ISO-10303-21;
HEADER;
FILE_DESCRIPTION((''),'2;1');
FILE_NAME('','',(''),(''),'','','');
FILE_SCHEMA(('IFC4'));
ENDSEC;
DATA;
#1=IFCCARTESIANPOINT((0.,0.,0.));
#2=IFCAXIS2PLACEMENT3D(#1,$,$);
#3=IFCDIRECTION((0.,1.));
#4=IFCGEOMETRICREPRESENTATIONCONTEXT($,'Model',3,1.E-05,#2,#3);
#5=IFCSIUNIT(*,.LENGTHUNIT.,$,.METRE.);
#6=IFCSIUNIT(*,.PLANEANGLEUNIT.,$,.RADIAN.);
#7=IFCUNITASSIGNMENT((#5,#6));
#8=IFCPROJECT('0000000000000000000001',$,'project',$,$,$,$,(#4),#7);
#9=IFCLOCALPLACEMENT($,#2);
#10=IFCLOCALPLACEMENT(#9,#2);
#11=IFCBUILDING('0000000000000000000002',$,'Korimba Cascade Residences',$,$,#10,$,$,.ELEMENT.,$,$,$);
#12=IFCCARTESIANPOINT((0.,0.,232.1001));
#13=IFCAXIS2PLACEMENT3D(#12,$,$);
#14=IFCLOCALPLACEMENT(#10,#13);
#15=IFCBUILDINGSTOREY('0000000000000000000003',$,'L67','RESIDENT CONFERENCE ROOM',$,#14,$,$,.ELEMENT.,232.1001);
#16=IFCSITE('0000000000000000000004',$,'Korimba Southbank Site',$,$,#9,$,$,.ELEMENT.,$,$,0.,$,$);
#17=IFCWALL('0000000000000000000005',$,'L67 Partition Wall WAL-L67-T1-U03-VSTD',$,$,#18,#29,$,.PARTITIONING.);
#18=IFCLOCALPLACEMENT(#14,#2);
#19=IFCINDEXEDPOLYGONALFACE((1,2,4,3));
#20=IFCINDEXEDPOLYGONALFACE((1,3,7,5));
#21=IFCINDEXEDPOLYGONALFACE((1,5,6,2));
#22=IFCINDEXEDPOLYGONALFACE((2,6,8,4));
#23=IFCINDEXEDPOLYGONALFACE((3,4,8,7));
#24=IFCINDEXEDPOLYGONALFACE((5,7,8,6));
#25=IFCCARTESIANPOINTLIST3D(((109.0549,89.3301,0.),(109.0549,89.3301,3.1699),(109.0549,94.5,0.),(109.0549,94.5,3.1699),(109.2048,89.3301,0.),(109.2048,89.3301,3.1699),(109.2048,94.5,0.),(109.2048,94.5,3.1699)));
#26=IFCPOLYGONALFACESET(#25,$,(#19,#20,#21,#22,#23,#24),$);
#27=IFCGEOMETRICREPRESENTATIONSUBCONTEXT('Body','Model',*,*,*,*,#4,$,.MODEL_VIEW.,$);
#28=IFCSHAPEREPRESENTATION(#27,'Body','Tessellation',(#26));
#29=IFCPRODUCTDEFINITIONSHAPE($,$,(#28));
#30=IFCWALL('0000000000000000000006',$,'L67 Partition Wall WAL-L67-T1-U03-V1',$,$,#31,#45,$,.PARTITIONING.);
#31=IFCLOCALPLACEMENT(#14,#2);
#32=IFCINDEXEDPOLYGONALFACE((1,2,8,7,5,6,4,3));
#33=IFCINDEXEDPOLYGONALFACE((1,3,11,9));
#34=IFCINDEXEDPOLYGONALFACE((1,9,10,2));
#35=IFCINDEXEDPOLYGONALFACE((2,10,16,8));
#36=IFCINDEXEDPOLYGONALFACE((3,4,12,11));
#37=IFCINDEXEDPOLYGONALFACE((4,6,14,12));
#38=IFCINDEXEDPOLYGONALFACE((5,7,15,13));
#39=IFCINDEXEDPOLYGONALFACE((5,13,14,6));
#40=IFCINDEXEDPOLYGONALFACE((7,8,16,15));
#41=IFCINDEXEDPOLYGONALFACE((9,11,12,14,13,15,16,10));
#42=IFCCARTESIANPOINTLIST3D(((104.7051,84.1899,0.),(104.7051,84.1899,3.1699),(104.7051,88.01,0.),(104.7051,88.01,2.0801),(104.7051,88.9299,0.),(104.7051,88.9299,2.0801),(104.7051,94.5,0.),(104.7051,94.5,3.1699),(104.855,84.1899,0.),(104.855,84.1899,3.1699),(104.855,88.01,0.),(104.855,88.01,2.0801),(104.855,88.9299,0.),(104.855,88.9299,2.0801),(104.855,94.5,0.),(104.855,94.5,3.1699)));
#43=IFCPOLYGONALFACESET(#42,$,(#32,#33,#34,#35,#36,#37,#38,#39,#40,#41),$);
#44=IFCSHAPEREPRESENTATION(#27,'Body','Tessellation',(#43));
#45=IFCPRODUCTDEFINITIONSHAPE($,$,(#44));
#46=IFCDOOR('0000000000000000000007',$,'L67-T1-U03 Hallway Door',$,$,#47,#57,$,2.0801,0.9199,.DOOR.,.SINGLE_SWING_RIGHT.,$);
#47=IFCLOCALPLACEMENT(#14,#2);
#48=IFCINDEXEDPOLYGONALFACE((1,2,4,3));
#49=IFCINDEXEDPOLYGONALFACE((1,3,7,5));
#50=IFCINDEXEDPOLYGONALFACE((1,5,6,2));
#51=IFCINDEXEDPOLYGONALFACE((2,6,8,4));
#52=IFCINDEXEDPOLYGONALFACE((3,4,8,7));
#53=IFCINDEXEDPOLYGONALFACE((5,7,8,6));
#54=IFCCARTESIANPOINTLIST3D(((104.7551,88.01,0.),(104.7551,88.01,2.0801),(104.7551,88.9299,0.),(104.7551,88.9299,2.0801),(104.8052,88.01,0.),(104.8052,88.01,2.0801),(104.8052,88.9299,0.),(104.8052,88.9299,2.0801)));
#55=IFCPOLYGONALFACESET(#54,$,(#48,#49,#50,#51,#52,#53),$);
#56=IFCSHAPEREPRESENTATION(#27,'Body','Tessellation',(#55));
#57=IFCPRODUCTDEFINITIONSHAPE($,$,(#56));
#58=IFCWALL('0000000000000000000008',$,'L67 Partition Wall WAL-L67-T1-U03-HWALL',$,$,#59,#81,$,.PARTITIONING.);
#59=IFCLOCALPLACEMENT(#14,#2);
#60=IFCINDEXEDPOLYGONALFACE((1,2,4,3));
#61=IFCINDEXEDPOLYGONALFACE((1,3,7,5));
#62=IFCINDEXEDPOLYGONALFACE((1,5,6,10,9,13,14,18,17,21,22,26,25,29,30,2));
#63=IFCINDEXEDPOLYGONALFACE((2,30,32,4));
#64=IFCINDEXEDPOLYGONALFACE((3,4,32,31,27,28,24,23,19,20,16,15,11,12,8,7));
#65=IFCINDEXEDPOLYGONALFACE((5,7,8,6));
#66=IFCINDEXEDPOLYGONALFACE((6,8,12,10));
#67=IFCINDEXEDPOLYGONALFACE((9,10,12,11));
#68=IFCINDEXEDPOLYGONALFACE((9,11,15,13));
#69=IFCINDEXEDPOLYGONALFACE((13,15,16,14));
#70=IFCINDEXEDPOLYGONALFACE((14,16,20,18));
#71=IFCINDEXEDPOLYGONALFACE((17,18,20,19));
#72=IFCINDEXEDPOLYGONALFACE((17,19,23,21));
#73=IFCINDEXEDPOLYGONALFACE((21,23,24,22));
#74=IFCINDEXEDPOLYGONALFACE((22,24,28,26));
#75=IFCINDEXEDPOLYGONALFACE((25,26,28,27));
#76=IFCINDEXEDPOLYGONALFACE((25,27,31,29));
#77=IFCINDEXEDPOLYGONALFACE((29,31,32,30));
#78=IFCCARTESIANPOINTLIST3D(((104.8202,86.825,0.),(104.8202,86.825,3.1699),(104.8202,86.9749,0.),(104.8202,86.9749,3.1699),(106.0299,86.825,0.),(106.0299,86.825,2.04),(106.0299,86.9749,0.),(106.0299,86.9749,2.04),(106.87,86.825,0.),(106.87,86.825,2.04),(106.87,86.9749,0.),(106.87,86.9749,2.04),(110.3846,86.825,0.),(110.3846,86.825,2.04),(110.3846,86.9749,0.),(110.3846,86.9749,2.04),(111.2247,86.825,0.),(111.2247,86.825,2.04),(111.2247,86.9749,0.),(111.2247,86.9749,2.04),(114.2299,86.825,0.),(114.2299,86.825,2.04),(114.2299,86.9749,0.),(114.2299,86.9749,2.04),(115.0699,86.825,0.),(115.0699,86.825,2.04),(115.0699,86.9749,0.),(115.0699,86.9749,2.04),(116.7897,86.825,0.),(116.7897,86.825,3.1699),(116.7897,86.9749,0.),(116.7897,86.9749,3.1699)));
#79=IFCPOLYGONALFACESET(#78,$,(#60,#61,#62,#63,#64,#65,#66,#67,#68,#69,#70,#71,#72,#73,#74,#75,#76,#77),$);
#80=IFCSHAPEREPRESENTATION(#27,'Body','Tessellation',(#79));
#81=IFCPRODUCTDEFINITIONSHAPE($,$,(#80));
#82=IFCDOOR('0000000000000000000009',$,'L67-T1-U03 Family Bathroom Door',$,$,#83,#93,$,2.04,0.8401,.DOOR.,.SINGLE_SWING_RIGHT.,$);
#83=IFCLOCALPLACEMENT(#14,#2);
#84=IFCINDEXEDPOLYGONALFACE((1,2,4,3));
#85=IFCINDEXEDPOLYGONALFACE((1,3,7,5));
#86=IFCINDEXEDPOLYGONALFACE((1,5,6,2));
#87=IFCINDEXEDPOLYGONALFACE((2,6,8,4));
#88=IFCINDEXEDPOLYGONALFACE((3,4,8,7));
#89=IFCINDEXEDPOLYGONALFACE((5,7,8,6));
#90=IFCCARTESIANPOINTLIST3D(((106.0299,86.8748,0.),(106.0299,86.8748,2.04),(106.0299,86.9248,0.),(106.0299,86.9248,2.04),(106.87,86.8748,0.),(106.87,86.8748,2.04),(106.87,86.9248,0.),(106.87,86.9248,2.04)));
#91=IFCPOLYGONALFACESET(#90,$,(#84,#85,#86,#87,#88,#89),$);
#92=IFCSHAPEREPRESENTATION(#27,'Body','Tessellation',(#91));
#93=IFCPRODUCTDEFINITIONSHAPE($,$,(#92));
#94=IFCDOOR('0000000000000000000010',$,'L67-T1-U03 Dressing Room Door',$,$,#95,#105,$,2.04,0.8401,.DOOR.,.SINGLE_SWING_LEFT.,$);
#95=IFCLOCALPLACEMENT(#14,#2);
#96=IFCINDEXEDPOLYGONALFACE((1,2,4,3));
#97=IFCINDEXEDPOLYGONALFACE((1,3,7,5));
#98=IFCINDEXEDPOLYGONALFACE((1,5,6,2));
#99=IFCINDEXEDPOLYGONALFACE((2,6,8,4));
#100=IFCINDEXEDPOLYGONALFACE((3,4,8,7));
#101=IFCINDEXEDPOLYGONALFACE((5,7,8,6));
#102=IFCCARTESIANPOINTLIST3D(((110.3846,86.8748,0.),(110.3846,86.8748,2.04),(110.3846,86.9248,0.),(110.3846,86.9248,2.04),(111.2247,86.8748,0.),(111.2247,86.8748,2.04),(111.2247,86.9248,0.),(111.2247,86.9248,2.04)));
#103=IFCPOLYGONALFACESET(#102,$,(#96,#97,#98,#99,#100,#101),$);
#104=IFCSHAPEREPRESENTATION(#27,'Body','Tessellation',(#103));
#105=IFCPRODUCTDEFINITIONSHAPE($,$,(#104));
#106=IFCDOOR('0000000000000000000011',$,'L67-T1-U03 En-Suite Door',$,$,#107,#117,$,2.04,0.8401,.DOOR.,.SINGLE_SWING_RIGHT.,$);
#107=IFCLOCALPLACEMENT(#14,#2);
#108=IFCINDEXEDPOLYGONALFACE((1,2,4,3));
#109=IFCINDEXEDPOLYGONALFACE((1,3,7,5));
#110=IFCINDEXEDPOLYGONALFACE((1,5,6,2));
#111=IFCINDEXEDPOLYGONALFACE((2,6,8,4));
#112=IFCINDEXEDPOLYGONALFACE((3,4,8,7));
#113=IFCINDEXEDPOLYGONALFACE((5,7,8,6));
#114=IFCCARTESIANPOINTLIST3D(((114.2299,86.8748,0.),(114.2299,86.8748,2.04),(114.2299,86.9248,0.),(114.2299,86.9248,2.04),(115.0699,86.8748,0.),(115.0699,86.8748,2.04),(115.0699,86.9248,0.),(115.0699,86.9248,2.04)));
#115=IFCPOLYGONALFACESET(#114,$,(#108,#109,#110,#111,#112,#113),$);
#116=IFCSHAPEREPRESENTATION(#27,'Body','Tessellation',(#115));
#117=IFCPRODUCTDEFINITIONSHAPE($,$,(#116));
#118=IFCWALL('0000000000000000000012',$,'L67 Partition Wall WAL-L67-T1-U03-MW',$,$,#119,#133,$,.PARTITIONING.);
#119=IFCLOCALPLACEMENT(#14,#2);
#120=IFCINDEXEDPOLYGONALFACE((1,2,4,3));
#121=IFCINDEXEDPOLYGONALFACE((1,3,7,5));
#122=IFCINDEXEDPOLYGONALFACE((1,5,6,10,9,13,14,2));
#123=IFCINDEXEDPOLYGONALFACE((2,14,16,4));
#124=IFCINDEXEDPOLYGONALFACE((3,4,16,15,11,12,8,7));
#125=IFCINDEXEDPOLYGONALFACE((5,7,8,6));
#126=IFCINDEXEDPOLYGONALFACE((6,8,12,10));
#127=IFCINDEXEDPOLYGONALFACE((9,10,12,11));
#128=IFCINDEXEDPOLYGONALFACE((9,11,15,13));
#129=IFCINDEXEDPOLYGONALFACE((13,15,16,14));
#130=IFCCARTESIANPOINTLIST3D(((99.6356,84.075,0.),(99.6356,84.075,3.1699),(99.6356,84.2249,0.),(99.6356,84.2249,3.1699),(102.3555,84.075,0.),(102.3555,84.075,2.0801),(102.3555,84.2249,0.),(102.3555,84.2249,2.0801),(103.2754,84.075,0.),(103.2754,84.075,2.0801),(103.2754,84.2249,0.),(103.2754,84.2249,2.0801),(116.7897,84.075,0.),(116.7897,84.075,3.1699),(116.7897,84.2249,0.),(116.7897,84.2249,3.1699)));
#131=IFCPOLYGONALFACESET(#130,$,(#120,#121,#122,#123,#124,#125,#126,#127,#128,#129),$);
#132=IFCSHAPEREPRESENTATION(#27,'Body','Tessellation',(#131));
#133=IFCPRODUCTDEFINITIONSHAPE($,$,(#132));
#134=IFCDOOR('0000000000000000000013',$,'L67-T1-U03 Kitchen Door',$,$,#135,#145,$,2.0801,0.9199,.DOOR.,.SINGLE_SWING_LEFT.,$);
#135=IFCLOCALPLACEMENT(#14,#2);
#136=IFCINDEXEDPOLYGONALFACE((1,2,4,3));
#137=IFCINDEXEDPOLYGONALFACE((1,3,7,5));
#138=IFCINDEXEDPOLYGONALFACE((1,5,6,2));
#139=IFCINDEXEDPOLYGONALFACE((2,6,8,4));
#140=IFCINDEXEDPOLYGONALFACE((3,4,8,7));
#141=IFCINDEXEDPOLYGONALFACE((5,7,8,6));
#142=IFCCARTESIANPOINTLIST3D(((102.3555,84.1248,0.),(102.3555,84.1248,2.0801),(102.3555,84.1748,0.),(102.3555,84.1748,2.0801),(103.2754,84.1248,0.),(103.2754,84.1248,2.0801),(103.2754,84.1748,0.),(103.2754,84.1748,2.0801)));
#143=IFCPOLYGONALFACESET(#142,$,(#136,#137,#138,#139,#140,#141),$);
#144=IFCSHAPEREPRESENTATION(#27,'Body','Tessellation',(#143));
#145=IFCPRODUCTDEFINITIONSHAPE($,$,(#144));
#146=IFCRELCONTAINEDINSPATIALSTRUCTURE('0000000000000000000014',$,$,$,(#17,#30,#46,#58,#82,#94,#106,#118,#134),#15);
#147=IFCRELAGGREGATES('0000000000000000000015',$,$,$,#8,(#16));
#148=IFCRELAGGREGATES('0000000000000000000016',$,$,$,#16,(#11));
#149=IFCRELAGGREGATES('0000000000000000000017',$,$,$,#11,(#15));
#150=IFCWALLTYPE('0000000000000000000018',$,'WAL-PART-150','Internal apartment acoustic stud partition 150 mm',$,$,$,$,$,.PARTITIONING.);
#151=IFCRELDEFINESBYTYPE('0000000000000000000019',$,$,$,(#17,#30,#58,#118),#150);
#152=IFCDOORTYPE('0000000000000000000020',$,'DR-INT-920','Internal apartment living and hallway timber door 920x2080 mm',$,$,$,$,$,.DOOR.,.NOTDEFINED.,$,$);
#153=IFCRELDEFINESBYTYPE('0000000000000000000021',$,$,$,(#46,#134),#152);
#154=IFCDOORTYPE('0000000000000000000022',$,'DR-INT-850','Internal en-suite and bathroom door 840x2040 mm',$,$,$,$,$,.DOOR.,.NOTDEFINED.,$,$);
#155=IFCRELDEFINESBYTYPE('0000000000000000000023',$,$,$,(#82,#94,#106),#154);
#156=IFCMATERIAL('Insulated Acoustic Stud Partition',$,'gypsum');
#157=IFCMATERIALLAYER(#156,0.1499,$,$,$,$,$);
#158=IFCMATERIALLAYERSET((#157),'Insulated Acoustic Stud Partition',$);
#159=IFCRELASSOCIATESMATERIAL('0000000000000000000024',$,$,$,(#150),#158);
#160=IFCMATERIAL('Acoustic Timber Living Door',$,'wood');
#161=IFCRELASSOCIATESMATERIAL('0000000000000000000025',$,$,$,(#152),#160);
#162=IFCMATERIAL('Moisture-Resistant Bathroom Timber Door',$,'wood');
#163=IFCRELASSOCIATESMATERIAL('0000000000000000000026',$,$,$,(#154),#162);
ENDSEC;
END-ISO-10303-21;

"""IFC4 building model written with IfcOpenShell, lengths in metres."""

from ifc_helpers import new_model, si_unit, direction, frame, frame_2d, origin, place, context, subcontext, project, spatial, rectangle, extrude, material, layer, layer_set, type_object, element, fill, save


model = new_model("IFC4")

# Units and contexts
model_context = context("Model", 3, precision=1e-05, world=origin(), true_north=direction((0.0, 1.0)))
body_context = subcontext(model_context, "Body", "Model", "MODEL_VIEW")
ifc_project = project(units=[si_unit("LENGTHUNIT", "METRE"), si_unit("PLANEANGLEUNIT", "RADIAN")], contexts=[model_context])

# Site, building, storey
site_placement = place(None, origin())
site = spatial("IfcSite", under=ifc_project, at=site_placement, Name="Korimba Southbank Site", CompositionType="ELEMENT", RefElevation=0.0)
building_placement = place(site_placement, origin())
building = spatial("IfcBuilding", under=site, at=building_placement, Name="Korimba Cascade Residences", CompositionType="ELEMENT")
storey_placement = place(building_placement, frame((0.0, 0.0, 232.1001)))
storey = spatial("IfcBuildingStorey", under=building, at=storey_placement, Name="L67", Description="RESIDENT CONFERENCE ROOM", CompositionType="ELEMENT", Elevation=232.1001)

# Wall
ifc_material_1 = material(Name="Insulated Acoustic Stud Partition", Category="gypsum")
ifc_layer = layer(ifc_material_1, 0.1499)
ifc_layer_set = layer_set([ifc_layer], Name="Insulated Acoustic Stud Partition")
wall_type = type_object("IfcWallType", Name="WAL-PART-150", Description="Internal apartment acoustic stud partition 150 mm", PredefinedType="PARTITIONING", material=ifc_layer_set)
wall_1_placement = place(storey_placement, frame((109.1299, 89.3301, 0.0), z_axis=(0.0, 0.0, 1.0), x_axis=(0.0, 1.0, 0.0)))
element("IfcWall", 1, at=wall_1_placement, inside=storey, type_object=wall_type, Name="L67 Partition Wall WAL-L67-T1-U03-VSTD", PredefinedType="PARTITIONING", context=body_context, shape_type="SweptSolid", body=[
    extrude(rectangle(XDim=5.1699, YDim=0.1499, at=frame_2d((2.585, 0.0))), origin(), (0.0, 0.0, 1.0), 3.1699),
])

# Wall, opening, door
wall_2_placement = place(storey_placement, frame((104.78, 84.1899, 0.0), z_axis=(0.0, 0.0, 1.0), x_axis=(0.0, 1.0, 0.0)))
wall_2 = element("IfcWall", 2, at=wall_2_placement, inside=storey, type_object=wall_type, Name="L67 Partition Wall WAL-L67-T1-U03-V1", PredefinedType="PARTITIONING", context=body_context, shape_type="SweptSolid", body=[
    extrude(rectangle(XDim=10.3101, YDim=0.1499, at=frame_2d((5.155, 0.0))), origin(), (0.0, 0.0, 1.0), 3.1699),
])
opening_1_placement = place(wall_2_placement, frame((3.8201, 0.0, 0.0)))
opening_1 = element("IfcOpeningElement", 3, at=opening_1_placement, cuts=wall_2, PredefinedType="OPENING", context=body_context, shape_type="SweptSolid", body=[
    extrude(rectangle(XDim=0.9199, YDim=2.0801, at=frame_2d((0.46, 1.04))), frame((0.0, 0.085, 0.0), z_axis=(0.0, -1.0, 0.0), x_axis=(1.0, 0.0, 0.0)), (0.0, 0.0, 1.0), 0.1699),
])
ifc_material_2 = material(Name="Acoustic Timber Living Door", Category="wood")
door_type_1 = type_object("IfcDoorType", Name="DR-INT-920", Description="Internal apartment living and hallway timber door 920x2080 mm", OperationType="NOTDEFINED", PredefinedType="DOOR", material=ifc_material_2)
door_1_placement = place(opening_1_placement, origin())
door_1 = element("IfcDoor", 4, at=door_1_placement, inside=storey, type_object=door_type_1, Name="L67-T1-U03 Hallway Door", OperationType="SINGLE_SWING_RIGHT", OverallHeight=2.0801, OverallWidth=0.9199, PredefinedType="DOOR", context=body_context, shape_type="SweptSolid", body=[
    extrude(rectangle(XDim=0.9199, YDim=2.0801, at=frame_2d((0.46, 1.04))), frame((0.0, 0.0249, 0.0), z_axis=(0.0, -1.0, 0.0), x_axis=(1.0, 0.0, 0.0)), (0.0, 0.0, 1.0), 0.05),
])
fill(opening_1, door_1)

# Wall, openings, doors
wall_3_placement = place(storey_placement, frame((104.8201, 86.8999, 0.0), z_axis=(0.0, 0.0, 1.0), x_axis=(1.0, 0.0, 0.0)))
wall_3 = element("IfcWall", 5, at=wall_3_placement, inside=storey, type_object=wall_type, Name="L67 Partition Wall WAL-L67-T1-U03-HWALL", PredefinedType="PARTITIONING", context=body_context, shape_type="SweptSolid", body=[
    extrude(rectangle(XDim=11.9695, YDim=0.1499, at=frame_2d((5.9849, 0.0))), origin(), (0.0, 0.0, 1.0), 3.1699),
])
opening_2_placement = place(wall_3_placement, frame((1.21, 0.0, 0.0)))
opening_2 = element("IfcOpeningElement", 6, at=opening_2_placement, cuts=wall_3, PredefinedType="OPENING", context=body_context, shape_type="SweptSolid", body=[
    extrude(rectangle(XDim=0.8401, YDim=2.04, at=frame_2d((0.4199, 1.02))), frame((0.0, 0.085, 0.0), z_axis=(0.0, -1.0, 0.0), x_axis=(1.0, 0.0, 0.0)), (0.0, 0.0, 1.0), 0.1699),
])
opening_3_placement = place(wall_3_placement, frame((5.5647, 0.0, 0.0)))
opening_3 = element("IfcOpeningElement", 7, at=opening_3_placement, cuts=wall_3, PredefinedType="OPENING", context=body_context, shape_type="SweptSolid", body=[
    extrude(rectangle(XDim=0.8401, YDim=2.04, at=frame_2d((0.4199, 1.02))), frame((0.0, 0.085, 0.0), z_axis=(0.0, -1.0, 0.0), x_axis=(1.0, 0.0, 0.0)), (0.0, 0.0, 1.0), 0.1699),
])
opening_4_placement = place(wall_3_placement, frame((9.4099, 0.0, 0.0)))
opening_4 = element("IfcOpeningElement", 8, at=opening_4_placement, cuts=wall_3, PredefinedType="OPENING", context=body_context, shape_type="SweptSolid", body=[
    extrude(rectangle(XDim=0.8401, YDim=2.04, at=frame_2d((0.4199, 1.02))), frame((0.0, 0.085, 0.0), z_axis=(0.0, -1.0, 0.0), x_axis=(1.0, 0.0, 0.0)), (0.0, 0.0, 1.0), 0.1699),
])
ifc_material_3 = material(Name="Moisture-Resistant Bathroom Timber Door", Category="wood")
door_type_2 = type_object("IfcDoorType", Name="DR-INT-850", Description="Internal en-suite and bathroom door 840x2040 mm", OperationType="NOTDEFINED", PredefinedType="DOOR", material=ifc_material_3)
door_2_placement = place(opening_2_placement, origin())
door_2 = element("IfcDoor", 9, at=door_2_placement, inside=storey, type_object=door_type_2, Name="L67-T1-U03 Family Bathroom Door", OperationType="SINGLE_SWING_RIGHT", OverallHeight=2.04, OverallWidth=0.8401, PredefinedType="DOOR", context=body_context, shape_type="SweptSolid", body=[
    extrude(rectangle(XDim=0.8401, YDim=2.04, at=frame_2d((0.4199, 1.02))), frame((0.0, 0.0249, 0.0), z_axis=(0.0, -1.0, 0.0), x_axis=(1.0, 0.0, 0.0)), (0.0, 0.0, 1.0), 0.05),
])
fill(opening_2, door_2)
door_3_placement = place(opening_3_placement, origin())
door_3 = element("IfcDoor", 10, at=door_3_placement, inside=storey, type_object=door_type_2, Name="L67-T1-U03 Dressing Room Door", OperationType="SINGLE_SWING_LEFT", OverallHeight=2.04, OverallWidth=0.8401, PredefinedType="DOOR", context=body_context, shape_type="SweptSolid", body=[
    extrude(rectangle(XDim=0.8401, YDim=2.04, at=frame_2d((0.4199, 1.02))), frame((0.0, 0.0249, 0.0), z_axis=(0.0, -1.0, 0.0), x_axis=(1.0, 0.0, 0.0)), (0.0, 0.0, 1.0), 0.05),
])
fill(opening_3, door_3)
door_4_placement = place(opening_4_placement, origin())
door_4 = element("IfcDoor", 11, at=door_4_placement, inside=storey, type_object=door_type_2, Name="L67-T1-U03 En-Suite Door", OperationType="SINGLE_SWING_RIGHT", OverallHeight=2.04, OverallWidth=0.8401, PredefinedType="DOOR", context=body_context, shape_type="SweptSolid", body=[
    extrude(rectangle(XDim=0.8401, YDim=2.04, at=frame_2d((0.4199, 1.02))), frame((0.0, 0.0249, 0.0), z_axis=(0.0, -1.0, 0.0), x_axis=(1.0, 0.0, 0.0)), (0.0, 0.0, 1.0), 0.05),
])
fill(opening_4, door_4)

# Wall, opening, door
wall_4_placement = place(storey_placement, frame((99.6355, 84.1499, 0.0), z_axis=(0.0, 0.0, 1.0), x_axis=(1.0, 0.0, 0.0)))
wall_4 = element("IfcWall", 12, at=wall_4_placement, inside=storey, type_object=wall_type, Name="L67 Partition Wall WAL-L67-T1-U03-MW", PredefinedType="PARTITIONING", context=body_context, shape_type="SweptSolid", body=[
    extrude(rectangle(XDim=17.1541, YDim=0.1499, at=frame_2d((8.5771, 0.0))), origin(), (0.0, 0.0, 1.0), 3.1699),
])
opening_5_placement = place(wall_4_placement, frame((2.72, 0.0, 0.0)))
opening_5 = element("IfcOpeningElement", 13, at=opening_5_placement, cuts=wall_4, PredefinedType="OPENING", context=body_context, shape_type="SweptSolid", body=[
    extrude(rectangle(XDim=0.9199, YDim=2.0801, at=frame_2d((0.46, 1.04))), frame((0.0, 0.085, 0.0), z_axis=(0.0, -1.0, 0.0), x_axis=(1.0, 0.0, 0.0)), (0.0, 0.0, 1.0), 0.1699),
])
door_5_placement = place(opening_5_placement, origin())
door_5 = element("IfcDoor", 14, at=door_5_placement, inside=storey, type_object=door_type_1, Name="L67-T1-U03 Kitchen Door", OperationType="SINGLE_SWING_LEFT", OverallHeight=2.0801, OverallWidth=0.9199, PredefinedType="DOOR", context=body_context, shape_type="SweptSolid", body=[
    extrude(rectangle(XDim=0.9199, YDim=2.0801, at=frame_2d((0.46, 1.04))), frame((0.0, 0.0249, 0.0), z_axis=(0.0, -1.0, 0.0), x_axis=(1.0, 0.0, 0.0)), (0.0, 0.0, 1.0), 0.05),
])
fill(opening_5, door_5)

save(model, "model.ifc")
